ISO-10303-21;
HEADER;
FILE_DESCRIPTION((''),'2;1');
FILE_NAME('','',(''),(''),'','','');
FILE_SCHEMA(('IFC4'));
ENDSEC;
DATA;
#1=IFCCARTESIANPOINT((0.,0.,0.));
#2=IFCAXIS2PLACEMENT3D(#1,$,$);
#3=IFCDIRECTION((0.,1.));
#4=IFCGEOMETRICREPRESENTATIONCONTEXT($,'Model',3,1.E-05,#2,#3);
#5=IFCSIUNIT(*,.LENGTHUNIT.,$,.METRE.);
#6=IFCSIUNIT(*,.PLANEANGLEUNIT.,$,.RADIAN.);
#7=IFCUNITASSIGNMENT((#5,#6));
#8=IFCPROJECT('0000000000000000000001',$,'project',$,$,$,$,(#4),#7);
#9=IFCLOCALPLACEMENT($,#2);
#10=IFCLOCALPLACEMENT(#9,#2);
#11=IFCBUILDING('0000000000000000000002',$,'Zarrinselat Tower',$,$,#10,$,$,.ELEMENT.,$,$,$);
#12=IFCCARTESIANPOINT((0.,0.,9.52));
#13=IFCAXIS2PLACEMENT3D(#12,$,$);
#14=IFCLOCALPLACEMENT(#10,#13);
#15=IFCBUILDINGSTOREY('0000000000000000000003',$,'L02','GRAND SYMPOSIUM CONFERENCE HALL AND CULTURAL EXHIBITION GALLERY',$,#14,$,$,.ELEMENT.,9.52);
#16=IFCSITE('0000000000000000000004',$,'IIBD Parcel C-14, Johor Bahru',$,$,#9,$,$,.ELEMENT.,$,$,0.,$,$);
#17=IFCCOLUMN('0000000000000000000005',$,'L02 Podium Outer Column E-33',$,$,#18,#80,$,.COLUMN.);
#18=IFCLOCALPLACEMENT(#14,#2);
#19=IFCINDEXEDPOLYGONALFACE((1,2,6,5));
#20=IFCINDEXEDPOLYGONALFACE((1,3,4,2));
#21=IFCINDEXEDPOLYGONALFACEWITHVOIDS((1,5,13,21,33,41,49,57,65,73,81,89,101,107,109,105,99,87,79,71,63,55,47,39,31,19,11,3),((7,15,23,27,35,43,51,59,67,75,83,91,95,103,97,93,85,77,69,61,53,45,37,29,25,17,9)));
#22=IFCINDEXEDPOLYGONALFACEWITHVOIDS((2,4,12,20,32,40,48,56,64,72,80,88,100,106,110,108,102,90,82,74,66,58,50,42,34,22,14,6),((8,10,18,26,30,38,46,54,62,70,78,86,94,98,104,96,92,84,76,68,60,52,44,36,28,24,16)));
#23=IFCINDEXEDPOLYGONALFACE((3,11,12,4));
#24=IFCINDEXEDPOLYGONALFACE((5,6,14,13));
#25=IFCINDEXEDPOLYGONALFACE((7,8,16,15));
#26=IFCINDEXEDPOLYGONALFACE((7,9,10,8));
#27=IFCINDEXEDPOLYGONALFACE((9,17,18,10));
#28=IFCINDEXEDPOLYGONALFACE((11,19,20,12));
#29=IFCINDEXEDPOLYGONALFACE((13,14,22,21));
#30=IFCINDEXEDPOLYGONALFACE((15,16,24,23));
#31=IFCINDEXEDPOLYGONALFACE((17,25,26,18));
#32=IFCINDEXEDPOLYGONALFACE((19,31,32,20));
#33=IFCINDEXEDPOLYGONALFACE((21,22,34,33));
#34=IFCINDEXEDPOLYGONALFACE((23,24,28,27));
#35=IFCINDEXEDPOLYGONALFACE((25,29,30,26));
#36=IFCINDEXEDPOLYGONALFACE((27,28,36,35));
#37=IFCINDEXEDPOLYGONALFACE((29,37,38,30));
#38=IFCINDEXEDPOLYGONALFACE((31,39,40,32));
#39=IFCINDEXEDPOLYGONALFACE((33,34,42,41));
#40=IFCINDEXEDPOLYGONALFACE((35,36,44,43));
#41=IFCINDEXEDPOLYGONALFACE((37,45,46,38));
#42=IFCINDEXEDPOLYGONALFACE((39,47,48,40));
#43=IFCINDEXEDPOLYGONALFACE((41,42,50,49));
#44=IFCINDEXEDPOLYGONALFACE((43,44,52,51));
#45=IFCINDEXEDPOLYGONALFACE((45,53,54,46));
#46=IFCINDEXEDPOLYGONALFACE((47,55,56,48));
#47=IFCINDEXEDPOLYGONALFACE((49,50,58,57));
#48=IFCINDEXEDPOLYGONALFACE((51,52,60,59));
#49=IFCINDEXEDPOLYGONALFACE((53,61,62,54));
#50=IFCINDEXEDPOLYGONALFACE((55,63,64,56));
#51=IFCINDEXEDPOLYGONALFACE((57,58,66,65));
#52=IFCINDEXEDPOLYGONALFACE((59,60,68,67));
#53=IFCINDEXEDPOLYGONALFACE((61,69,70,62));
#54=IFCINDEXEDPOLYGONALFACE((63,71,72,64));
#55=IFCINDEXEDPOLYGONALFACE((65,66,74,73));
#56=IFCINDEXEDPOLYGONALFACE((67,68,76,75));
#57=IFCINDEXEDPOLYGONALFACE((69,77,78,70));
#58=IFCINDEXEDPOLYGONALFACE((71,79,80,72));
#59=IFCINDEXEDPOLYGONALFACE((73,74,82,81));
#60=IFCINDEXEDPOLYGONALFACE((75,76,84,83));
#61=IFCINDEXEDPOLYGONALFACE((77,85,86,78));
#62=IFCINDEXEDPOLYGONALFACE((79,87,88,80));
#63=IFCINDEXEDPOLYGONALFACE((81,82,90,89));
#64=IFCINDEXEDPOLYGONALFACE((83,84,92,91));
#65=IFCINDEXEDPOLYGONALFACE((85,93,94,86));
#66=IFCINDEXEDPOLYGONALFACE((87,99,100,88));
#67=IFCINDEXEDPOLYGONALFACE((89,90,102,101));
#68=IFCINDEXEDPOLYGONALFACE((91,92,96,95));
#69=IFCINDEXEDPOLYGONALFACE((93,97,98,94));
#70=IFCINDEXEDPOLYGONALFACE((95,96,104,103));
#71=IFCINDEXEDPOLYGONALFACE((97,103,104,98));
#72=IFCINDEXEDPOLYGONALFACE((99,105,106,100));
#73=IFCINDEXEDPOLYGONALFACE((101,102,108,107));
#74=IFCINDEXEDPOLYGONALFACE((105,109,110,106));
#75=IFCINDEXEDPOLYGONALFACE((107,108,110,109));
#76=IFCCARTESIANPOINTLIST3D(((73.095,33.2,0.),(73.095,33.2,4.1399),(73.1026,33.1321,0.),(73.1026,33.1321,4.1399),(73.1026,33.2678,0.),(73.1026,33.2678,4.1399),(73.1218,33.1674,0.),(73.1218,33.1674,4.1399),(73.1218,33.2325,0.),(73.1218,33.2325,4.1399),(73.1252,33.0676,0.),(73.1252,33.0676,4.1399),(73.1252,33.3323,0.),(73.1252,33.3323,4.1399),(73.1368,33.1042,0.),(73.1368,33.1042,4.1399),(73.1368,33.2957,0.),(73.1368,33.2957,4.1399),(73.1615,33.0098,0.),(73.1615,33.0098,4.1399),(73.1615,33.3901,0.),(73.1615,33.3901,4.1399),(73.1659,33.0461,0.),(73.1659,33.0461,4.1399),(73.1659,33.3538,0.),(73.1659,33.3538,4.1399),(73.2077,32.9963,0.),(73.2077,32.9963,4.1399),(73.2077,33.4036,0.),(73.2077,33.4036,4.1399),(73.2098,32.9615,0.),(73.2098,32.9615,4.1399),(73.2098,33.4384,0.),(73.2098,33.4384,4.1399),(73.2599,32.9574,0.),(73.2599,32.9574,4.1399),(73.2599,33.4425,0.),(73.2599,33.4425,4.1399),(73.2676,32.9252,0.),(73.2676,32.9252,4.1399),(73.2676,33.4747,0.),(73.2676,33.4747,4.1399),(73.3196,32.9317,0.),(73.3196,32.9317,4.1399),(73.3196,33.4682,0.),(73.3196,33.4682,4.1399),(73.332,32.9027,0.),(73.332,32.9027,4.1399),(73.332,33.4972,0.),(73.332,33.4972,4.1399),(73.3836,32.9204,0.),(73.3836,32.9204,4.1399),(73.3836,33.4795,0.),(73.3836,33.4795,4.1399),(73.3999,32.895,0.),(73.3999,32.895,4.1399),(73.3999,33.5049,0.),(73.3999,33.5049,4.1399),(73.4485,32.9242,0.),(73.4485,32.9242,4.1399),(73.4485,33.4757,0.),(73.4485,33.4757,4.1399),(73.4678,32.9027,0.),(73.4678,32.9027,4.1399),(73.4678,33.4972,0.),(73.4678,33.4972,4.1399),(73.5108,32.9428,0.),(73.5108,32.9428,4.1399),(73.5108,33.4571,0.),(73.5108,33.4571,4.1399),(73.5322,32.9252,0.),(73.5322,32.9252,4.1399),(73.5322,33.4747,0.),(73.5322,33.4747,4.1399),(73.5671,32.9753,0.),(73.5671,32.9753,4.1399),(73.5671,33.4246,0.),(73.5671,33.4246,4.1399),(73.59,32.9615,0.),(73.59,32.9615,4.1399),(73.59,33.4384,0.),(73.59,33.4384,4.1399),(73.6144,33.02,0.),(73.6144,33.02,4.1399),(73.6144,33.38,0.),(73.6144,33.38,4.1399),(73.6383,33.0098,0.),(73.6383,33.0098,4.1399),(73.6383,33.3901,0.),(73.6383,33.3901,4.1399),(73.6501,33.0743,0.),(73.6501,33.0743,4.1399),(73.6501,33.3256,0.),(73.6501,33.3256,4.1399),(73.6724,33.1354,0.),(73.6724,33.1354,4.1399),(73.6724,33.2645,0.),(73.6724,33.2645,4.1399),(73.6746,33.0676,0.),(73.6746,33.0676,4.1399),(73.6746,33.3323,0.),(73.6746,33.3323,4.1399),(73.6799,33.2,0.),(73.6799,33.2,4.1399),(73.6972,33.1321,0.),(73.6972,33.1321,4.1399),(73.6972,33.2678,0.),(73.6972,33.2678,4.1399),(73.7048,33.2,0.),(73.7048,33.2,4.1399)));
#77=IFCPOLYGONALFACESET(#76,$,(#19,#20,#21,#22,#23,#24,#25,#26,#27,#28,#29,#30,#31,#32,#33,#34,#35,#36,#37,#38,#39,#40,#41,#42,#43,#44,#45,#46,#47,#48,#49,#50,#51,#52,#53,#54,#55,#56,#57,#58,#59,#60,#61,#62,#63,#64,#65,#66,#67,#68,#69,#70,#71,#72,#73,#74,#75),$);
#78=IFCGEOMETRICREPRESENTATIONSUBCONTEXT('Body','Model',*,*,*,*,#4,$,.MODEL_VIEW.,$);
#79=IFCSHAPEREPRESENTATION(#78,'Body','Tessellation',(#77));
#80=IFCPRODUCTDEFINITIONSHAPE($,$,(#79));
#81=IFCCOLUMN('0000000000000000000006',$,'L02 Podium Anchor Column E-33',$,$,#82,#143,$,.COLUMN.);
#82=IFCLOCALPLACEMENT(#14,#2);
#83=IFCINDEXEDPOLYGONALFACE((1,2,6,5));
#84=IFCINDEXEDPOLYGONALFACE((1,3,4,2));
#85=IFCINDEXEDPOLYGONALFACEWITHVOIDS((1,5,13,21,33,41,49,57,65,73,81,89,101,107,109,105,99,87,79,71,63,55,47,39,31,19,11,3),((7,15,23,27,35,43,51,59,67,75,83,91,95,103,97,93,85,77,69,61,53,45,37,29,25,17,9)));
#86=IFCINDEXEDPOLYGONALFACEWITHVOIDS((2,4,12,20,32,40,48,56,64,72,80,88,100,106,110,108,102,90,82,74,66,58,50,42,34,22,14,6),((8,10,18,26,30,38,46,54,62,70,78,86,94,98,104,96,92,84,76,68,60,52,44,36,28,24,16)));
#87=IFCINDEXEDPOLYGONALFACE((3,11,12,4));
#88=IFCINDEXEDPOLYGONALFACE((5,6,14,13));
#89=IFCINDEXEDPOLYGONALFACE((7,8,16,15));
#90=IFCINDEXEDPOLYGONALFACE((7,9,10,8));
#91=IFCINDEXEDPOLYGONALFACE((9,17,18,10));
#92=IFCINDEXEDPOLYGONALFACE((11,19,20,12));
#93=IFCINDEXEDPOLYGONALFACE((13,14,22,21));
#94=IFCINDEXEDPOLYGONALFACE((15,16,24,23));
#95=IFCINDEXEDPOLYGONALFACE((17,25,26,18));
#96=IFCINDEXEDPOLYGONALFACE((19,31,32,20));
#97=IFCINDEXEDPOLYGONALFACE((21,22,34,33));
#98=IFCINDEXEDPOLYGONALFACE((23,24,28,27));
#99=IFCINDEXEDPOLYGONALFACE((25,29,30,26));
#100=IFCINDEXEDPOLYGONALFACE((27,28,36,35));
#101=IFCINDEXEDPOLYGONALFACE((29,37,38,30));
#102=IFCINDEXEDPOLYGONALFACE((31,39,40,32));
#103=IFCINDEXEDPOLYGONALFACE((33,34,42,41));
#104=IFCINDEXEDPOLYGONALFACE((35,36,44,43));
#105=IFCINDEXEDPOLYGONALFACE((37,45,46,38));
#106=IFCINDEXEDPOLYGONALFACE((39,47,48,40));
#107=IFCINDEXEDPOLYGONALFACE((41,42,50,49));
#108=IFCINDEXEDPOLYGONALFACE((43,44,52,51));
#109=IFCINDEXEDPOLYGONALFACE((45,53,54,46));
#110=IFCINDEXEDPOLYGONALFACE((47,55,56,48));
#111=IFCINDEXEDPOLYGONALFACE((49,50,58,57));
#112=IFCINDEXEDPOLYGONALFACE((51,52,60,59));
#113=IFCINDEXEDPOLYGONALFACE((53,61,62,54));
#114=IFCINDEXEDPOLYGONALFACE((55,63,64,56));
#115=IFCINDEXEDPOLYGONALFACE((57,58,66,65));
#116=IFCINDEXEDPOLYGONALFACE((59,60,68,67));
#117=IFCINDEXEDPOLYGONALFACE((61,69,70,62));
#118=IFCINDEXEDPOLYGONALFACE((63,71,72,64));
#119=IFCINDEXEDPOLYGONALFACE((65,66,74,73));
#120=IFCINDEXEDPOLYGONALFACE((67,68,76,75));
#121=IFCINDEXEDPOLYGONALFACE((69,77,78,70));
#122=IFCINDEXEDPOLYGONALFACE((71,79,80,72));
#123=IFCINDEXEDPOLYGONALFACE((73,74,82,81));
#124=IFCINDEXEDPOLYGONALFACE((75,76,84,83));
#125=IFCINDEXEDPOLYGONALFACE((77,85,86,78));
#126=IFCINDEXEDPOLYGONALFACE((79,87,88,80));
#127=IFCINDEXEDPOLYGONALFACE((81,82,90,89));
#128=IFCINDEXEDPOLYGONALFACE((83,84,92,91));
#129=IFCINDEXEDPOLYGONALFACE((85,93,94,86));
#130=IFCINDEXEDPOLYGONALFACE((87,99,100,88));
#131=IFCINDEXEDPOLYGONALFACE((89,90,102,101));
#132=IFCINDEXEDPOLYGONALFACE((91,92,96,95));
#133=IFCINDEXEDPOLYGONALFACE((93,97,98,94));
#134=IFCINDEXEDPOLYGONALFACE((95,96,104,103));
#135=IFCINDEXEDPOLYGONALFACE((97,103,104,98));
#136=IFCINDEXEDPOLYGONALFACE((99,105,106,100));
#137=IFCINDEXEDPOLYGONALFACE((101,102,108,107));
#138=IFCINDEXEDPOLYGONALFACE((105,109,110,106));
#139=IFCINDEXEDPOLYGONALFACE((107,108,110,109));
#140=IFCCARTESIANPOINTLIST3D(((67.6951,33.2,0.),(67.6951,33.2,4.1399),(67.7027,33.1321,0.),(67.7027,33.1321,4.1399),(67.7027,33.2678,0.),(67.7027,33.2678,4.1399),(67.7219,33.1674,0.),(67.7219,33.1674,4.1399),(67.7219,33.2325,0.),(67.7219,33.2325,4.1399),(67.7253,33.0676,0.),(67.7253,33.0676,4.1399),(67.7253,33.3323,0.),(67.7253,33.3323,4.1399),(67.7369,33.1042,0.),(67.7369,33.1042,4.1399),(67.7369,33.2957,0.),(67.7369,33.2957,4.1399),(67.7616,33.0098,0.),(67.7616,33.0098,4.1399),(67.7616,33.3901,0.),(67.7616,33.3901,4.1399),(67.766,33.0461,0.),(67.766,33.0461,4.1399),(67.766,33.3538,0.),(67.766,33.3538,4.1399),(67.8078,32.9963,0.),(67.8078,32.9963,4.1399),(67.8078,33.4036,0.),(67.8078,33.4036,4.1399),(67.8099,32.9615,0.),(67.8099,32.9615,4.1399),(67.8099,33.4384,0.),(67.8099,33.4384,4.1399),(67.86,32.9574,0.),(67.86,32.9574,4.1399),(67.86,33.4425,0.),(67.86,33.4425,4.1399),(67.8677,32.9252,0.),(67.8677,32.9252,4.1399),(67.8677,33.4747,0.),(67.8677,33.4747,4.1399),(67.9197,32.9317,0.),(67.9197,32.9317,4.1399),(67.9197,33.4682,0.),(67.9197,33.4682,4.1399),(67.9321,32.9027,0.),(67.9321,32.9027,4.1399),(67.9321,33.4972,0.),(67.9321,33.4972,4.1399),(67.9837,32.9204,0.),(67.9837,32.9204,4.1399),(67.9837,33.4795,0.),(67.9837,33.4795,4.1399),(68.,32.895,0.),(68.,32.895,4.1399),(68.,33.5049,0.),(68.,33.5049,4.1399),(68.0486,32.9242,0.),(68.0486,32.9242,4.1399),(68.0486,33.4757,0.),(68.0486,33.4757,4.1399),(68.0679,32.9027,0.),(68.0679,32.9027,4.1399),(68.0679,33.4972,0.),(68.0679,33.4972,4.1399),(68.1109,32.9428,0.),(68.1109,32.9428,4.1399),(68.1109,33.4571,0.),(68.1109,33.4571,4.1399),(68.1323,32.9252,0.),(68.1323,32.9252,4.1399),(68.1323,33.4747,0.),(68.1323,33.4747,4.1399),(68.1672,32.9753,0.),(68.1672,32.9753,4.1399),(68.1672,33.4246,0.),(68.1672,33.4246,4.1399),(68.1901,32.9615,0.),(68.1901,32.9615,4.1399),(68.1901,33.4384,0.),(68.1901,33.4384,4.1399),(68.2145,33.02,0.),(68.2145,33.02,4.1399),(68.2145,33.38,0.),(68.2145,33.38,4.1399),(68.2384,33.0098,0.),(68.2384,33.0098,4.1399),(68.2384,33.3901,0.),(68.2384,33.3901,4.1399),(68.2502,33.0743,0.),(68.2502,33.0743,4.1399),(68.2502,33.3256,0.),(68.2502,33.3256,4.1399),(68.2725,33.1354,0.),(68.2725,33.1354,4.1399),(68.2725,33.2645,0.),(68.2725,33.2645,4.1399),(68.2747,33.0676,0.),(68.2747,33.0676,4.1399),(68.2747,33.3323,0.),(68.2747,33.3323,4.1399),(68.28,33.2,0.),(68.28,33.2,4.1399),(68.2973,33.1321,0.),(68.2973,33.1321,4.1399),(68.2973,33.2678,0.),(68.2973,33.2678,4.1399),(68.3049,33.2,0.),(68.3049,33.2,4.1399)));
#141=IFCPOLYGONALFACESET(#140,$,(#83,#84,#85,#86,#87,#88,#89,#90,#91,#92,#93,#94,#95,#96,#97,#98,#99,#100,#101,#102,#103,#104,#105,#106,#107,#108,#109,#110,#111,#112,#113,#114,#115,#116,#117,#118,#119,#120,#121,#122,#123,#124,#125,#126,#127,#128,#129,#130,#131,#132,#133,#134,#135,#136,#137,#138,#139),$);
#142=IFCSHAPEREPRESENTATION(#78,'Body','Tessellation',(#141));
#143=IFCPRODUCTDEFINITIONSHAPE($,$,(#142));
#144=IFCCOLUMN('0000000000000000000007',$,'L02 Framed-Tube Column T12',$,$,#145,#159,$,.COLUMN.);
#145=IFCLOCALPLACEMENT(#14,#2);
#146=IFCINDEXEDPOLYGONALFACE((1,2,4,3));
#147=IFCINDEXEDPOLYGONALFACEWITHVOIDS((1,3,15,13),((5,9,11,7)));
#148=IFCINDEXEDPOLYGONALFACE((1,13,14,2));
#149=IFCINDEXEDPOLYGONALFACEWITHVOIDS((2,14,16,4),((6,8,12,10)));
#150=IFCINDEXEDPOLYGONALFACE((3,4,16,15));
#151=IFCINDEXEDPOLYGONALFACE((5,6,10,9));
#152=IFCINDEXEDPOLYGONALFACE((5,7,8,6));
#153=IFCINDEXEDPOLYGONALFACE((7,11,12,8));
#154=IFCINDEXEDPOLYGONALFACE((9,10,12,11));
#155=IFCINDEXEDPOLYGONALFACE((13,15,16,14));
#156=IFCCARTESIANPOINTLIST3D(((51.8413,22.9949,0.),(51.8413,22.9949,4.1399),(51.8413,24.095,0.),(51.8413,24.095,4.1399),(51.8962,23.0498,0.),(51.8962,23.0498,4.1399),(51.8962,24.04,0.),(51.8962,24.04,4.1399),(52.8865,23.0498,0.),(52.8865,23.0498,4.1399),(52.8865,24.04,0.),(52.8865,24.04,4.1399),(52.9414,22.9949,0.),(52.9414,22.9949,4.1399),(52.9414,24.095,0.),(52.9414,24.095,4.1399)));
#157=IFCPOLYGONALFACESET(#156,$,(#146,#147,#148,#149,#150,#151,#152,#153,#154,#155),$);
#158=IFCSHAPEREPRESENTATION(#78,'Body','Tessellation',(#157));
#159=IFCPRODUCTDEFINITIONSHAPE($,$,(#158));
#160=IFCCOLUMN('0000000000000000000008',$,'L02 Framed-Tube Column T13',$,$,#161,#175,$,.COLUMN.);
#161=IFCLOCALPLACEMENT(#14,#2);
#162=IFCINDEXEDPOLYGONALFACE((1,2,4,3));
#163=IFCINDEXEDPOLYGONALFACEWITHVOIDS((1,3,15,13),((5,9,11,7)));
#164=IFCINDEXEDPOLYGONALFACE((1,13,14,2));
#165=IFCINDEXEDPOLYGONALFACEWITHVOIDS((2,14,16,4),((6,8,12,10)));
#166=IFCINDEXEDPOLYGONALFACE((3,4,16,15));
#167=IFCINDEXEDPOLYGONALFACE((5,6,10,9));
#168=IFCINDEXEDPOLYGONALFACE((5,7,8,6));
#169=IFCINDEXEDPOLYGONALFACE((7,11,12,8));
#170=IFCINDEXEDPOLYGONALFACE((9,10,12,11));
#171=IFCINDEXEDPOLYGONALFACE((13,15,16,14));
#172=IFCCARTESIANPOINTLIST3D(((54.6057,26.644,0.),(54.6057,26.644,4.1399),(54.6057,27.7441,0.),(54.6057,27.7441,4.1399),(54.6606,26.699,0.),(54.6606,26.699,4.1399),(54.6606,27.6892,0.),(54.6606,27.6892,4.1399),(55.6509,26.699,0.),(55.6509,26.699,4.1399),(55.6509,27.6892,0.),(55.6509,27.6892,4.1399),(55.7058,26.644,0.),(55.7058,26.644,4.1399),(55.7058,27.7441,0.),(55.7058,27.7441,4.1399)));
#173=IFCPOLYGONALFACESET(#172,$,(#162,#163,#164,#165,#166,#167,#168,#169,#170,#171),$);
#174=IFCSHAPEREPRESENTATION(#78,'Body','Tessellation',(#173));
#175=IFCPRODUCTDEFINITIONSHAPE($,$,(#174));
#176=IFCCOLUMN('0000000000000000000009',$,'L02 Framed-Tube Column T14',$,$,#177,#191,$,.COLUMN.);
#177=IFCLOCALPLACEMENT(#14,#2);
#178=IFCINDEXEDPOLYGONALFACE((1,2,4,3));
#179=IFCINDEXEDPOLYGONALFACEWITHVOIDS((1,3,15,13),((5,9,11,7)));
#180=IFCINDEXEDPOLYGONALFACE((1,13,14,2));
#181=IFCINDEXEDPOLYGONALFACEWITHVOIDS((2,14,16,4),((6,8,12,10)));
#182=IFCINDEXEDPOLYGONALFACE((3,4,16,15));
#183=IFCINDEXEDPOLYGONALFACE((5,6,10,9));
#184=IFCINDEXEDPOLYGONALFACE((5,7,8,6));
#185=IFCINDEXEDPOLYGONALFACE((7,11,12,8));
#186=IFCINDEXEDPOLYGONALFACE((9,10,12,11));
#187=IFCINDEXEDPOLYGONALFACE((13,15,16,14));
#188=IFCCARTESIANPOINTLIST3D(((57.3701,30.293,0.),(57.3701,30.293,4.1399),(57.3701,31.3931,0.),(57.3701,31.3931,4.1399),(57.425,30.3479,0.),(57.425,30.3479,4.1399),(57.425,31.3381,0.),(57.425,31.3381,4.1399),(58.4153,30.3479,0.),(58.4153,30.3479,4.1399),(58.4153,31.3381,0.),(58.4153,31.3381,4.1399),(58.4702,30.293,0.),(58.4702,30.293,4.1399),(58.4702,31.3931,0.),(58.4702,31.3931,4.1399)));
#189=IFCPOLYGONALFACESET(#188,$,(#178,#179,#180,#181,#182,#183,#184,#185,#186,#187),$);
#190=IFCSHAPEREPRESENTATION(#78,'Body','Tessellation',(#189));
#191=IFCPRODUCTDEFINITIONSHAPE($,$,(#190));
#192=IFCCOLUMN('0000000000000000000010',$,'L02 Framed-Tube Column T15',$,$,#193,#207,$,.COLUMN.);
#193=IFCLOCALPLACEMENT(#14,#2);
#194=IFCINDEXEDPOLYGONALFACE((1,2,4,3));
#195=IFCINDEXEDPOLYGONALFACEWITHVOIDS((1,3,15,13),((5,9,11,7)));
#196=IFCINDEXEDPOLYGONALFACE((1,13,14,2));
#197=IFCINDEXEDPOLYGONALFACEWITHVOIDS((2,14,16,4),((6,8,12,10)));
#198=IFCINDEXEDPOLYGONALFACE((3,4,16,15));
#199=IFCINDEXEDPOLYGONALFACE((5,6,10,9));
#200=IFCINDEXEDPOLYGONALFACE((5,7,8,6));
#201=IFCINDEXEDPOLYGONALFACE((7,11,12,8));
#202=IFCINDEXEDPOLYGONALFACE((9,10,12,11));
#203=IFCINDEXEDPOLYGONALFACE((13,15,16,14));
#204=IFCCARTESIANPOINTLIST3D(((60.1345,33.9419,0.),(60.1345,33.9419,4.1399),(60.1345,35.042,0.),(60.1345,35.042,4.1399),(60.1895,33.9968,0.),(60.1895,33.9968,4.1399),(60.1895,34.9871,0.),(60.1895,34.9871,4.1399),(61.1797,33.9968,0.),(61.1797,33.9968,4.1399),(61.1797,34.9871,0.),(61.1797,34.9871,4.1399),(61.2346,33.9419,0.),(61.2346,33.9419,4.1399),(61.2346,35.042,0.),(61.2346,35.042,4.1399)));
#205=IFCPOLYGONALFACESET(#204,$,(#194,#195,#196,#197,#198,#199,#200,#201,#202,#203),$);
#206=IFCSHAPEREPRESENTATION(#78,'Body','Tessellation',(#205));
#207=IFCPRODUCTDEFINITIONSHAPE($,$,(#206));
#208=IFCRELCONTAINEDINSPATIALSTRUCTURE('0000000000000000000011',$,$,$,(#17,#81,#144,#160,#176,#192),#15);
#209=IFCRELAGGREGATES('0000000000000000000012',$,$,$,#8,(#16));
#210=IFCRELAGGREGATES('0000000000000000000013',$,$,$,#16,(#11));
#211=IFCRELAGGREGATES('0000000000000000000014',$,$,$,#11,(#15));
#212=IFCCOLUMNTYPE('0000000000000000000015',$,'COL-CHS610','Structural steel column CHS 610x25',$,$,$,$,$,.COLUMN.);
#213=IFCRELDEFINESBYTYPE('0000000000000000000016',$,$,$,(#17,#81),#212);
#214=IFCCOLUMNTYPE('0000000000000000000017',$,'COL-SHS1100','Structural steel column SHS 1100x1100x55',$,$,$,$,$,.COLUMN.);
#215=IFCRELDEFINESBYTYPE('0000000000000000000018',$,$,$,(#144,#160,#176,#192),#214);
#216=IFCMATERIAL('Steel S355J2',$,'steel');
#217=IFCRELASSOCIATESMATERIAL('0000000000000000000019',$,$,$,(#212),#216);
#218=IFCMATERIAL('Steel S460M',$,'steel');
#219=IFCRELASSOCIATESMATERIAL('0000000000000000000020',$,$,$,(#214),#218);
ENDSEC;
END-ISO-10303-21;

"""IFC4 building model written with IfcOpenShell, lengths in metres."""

from ifc_helpers import new_model, si_unit, direction, frame, origin, origin_2d, place, context, subcontext, project, spatial, hollow_rectangle, hollow_circle, extrude, material, material_profile, profile_set, type_object, element, save


model = new_model("IFC4")

# Units and contexts
model_context = context("Model", 3, precision=1e-05, world=origin(), true_north=direction((0.0, 1.0)))
body_context = subcontext(model_context, "Body", "Model", "MODEL_VIEW")
ifc_project = project(units=[si_unit("LENGTHUNIT", "METRE"), si_unit("PLANEANGLEUNIT", "RADIAN")], contexts=[model_context])

# Site, building, storey
site_placement = place(None, origin())
site = spatial("IfcSite", under=ifc_project, at=site_placement, Name="IIBD Parcel C-14, Johor Bahru", CompositionType="ELEMENT", RefElevation=0.0)
building_placement = place(site_placement, origin())
building = spatial("IfcBuilding", under=site, at=building_placement, Name="Zarrinselat Tower", CompositionType="ELEMENT")
storey_placement = place(building_placement, frame((0.0, 0.0, 9.52)))
storey = spatial("IfcBuildingStorey", under=building, at=storey_placement, Name="L02", Description="GRAND SYMPOSIUM CONFERENCE HALL AND CULTURAL EXHIBITION GALLERY", CompositionType="ELEMENT", Elevation=9.52)

# Columns
ifc_material_1 = material(Name="Steel S355J2", Category="steel")
ifc_material_profile_1 = material_profile(ifc_material_1, hollow_circle(Radius=0.3049, WallThickness=0.0249, at=origin_2d()), Name="CHS 610x25")
ifc_profile_set_1 = profile_set([ifc_material_profile_1], Name="Steel S355J2")
column_type_1 = type_object("IfcColumnType", Name="COL-CHS610", Description="Structural steel column CHS 610x25", PredefinedType="COLUMN", material=ifc_profile_set_1)
for number, where, z_axis, x_axis, name in (
    (1, (73.3999, 33.2, 0.0), (0.0, 0.0, 1.0), (1.0, 0.0, 0.0), "L02 Podium Outer Column E-33"),
    (2, (68.0, 33.2, 0.0), (0.0, 0.0, 1.0), (1.0, 0.0, 0.0), "L02 Podium Anchor Column E-33"),
):
    element("IfcColumn", number, at=place(storey_placement, frame(where, z_axis=z_axis, x_axis=x_axis)), inside=storey, type_object=column_type_1, Name=name, PredefinedType="COLUMN", context=body_context, shape_type="SweptSolid", body=[
        extrude(hollow_circle(Radius=0.3049, WallThickness=0.0249, at=origin_2d()), origin(), (0.0, 0.0, 1.0), 4.1399),
    ])
ifc_material_2 = material(Name="Steel S460M", Category="steel")
ifc_material_profile_2 = material_profile(ifc_material_2, hollow_rectangle(XDim=1.1001, YDim=1.1001, WallThickness=0.0549, at=origin_2d()), Name="SHS 1100x1100x55")
ifc_profile_set_2 = profile_set([ifc_material_profile_2], Name="Steel S460M")
column_type_2 = type_object("IfcColumnType", Name="COL-SHS1100", Description="Structural steel column SHS 1100x1100x55", PredefinedType="COLUMN", material=ifc_profile_set_2)
for number, where, z_axis, x_axis, name in (
    (3, (52.3914, 23.5449, 0.0), (0.0, 0.0, 1.0), (1.0, 0.0, 0.0), "L02 Framed-Tube Column T12"),
    (4, (55.1558, 27.1941, 0.0), (0.0, 0.0, 1.0), (1.0, 0.0, 0.0), "L02 Framed-Tube Column T13"),
    (5, (57.9202, 30.843, 0.0), (0.0, 0.0, 1.0), (1.0, 0.0, 0.0), "L02 Framed-Tube Column T14"),
    (6, (60.6846, 34.4919, 0.0), (0.0, 0.0, 1.0), (1.0, 0.0, 0.0), "L02 Framed-Tube Column T15"),
):
    element("IfcColumn", number, at=place(storey_placement, frame(where, z_axis=z_axis, x_axis=x_axis)), inside=storey, type_object=column_type_2, Name=name, PredefinedType="COLUMN", context=body_context, shape_type="SweptSolid", body=[
        extrude(hollow_rectangle(XDim=1.1001, YDim=1.1001, WallThickness=0.0549, at=origin_2d()), origin(), (0.0, 0.0, 1.0), 4.1399),
    ])

save(model, "model.ifc")
